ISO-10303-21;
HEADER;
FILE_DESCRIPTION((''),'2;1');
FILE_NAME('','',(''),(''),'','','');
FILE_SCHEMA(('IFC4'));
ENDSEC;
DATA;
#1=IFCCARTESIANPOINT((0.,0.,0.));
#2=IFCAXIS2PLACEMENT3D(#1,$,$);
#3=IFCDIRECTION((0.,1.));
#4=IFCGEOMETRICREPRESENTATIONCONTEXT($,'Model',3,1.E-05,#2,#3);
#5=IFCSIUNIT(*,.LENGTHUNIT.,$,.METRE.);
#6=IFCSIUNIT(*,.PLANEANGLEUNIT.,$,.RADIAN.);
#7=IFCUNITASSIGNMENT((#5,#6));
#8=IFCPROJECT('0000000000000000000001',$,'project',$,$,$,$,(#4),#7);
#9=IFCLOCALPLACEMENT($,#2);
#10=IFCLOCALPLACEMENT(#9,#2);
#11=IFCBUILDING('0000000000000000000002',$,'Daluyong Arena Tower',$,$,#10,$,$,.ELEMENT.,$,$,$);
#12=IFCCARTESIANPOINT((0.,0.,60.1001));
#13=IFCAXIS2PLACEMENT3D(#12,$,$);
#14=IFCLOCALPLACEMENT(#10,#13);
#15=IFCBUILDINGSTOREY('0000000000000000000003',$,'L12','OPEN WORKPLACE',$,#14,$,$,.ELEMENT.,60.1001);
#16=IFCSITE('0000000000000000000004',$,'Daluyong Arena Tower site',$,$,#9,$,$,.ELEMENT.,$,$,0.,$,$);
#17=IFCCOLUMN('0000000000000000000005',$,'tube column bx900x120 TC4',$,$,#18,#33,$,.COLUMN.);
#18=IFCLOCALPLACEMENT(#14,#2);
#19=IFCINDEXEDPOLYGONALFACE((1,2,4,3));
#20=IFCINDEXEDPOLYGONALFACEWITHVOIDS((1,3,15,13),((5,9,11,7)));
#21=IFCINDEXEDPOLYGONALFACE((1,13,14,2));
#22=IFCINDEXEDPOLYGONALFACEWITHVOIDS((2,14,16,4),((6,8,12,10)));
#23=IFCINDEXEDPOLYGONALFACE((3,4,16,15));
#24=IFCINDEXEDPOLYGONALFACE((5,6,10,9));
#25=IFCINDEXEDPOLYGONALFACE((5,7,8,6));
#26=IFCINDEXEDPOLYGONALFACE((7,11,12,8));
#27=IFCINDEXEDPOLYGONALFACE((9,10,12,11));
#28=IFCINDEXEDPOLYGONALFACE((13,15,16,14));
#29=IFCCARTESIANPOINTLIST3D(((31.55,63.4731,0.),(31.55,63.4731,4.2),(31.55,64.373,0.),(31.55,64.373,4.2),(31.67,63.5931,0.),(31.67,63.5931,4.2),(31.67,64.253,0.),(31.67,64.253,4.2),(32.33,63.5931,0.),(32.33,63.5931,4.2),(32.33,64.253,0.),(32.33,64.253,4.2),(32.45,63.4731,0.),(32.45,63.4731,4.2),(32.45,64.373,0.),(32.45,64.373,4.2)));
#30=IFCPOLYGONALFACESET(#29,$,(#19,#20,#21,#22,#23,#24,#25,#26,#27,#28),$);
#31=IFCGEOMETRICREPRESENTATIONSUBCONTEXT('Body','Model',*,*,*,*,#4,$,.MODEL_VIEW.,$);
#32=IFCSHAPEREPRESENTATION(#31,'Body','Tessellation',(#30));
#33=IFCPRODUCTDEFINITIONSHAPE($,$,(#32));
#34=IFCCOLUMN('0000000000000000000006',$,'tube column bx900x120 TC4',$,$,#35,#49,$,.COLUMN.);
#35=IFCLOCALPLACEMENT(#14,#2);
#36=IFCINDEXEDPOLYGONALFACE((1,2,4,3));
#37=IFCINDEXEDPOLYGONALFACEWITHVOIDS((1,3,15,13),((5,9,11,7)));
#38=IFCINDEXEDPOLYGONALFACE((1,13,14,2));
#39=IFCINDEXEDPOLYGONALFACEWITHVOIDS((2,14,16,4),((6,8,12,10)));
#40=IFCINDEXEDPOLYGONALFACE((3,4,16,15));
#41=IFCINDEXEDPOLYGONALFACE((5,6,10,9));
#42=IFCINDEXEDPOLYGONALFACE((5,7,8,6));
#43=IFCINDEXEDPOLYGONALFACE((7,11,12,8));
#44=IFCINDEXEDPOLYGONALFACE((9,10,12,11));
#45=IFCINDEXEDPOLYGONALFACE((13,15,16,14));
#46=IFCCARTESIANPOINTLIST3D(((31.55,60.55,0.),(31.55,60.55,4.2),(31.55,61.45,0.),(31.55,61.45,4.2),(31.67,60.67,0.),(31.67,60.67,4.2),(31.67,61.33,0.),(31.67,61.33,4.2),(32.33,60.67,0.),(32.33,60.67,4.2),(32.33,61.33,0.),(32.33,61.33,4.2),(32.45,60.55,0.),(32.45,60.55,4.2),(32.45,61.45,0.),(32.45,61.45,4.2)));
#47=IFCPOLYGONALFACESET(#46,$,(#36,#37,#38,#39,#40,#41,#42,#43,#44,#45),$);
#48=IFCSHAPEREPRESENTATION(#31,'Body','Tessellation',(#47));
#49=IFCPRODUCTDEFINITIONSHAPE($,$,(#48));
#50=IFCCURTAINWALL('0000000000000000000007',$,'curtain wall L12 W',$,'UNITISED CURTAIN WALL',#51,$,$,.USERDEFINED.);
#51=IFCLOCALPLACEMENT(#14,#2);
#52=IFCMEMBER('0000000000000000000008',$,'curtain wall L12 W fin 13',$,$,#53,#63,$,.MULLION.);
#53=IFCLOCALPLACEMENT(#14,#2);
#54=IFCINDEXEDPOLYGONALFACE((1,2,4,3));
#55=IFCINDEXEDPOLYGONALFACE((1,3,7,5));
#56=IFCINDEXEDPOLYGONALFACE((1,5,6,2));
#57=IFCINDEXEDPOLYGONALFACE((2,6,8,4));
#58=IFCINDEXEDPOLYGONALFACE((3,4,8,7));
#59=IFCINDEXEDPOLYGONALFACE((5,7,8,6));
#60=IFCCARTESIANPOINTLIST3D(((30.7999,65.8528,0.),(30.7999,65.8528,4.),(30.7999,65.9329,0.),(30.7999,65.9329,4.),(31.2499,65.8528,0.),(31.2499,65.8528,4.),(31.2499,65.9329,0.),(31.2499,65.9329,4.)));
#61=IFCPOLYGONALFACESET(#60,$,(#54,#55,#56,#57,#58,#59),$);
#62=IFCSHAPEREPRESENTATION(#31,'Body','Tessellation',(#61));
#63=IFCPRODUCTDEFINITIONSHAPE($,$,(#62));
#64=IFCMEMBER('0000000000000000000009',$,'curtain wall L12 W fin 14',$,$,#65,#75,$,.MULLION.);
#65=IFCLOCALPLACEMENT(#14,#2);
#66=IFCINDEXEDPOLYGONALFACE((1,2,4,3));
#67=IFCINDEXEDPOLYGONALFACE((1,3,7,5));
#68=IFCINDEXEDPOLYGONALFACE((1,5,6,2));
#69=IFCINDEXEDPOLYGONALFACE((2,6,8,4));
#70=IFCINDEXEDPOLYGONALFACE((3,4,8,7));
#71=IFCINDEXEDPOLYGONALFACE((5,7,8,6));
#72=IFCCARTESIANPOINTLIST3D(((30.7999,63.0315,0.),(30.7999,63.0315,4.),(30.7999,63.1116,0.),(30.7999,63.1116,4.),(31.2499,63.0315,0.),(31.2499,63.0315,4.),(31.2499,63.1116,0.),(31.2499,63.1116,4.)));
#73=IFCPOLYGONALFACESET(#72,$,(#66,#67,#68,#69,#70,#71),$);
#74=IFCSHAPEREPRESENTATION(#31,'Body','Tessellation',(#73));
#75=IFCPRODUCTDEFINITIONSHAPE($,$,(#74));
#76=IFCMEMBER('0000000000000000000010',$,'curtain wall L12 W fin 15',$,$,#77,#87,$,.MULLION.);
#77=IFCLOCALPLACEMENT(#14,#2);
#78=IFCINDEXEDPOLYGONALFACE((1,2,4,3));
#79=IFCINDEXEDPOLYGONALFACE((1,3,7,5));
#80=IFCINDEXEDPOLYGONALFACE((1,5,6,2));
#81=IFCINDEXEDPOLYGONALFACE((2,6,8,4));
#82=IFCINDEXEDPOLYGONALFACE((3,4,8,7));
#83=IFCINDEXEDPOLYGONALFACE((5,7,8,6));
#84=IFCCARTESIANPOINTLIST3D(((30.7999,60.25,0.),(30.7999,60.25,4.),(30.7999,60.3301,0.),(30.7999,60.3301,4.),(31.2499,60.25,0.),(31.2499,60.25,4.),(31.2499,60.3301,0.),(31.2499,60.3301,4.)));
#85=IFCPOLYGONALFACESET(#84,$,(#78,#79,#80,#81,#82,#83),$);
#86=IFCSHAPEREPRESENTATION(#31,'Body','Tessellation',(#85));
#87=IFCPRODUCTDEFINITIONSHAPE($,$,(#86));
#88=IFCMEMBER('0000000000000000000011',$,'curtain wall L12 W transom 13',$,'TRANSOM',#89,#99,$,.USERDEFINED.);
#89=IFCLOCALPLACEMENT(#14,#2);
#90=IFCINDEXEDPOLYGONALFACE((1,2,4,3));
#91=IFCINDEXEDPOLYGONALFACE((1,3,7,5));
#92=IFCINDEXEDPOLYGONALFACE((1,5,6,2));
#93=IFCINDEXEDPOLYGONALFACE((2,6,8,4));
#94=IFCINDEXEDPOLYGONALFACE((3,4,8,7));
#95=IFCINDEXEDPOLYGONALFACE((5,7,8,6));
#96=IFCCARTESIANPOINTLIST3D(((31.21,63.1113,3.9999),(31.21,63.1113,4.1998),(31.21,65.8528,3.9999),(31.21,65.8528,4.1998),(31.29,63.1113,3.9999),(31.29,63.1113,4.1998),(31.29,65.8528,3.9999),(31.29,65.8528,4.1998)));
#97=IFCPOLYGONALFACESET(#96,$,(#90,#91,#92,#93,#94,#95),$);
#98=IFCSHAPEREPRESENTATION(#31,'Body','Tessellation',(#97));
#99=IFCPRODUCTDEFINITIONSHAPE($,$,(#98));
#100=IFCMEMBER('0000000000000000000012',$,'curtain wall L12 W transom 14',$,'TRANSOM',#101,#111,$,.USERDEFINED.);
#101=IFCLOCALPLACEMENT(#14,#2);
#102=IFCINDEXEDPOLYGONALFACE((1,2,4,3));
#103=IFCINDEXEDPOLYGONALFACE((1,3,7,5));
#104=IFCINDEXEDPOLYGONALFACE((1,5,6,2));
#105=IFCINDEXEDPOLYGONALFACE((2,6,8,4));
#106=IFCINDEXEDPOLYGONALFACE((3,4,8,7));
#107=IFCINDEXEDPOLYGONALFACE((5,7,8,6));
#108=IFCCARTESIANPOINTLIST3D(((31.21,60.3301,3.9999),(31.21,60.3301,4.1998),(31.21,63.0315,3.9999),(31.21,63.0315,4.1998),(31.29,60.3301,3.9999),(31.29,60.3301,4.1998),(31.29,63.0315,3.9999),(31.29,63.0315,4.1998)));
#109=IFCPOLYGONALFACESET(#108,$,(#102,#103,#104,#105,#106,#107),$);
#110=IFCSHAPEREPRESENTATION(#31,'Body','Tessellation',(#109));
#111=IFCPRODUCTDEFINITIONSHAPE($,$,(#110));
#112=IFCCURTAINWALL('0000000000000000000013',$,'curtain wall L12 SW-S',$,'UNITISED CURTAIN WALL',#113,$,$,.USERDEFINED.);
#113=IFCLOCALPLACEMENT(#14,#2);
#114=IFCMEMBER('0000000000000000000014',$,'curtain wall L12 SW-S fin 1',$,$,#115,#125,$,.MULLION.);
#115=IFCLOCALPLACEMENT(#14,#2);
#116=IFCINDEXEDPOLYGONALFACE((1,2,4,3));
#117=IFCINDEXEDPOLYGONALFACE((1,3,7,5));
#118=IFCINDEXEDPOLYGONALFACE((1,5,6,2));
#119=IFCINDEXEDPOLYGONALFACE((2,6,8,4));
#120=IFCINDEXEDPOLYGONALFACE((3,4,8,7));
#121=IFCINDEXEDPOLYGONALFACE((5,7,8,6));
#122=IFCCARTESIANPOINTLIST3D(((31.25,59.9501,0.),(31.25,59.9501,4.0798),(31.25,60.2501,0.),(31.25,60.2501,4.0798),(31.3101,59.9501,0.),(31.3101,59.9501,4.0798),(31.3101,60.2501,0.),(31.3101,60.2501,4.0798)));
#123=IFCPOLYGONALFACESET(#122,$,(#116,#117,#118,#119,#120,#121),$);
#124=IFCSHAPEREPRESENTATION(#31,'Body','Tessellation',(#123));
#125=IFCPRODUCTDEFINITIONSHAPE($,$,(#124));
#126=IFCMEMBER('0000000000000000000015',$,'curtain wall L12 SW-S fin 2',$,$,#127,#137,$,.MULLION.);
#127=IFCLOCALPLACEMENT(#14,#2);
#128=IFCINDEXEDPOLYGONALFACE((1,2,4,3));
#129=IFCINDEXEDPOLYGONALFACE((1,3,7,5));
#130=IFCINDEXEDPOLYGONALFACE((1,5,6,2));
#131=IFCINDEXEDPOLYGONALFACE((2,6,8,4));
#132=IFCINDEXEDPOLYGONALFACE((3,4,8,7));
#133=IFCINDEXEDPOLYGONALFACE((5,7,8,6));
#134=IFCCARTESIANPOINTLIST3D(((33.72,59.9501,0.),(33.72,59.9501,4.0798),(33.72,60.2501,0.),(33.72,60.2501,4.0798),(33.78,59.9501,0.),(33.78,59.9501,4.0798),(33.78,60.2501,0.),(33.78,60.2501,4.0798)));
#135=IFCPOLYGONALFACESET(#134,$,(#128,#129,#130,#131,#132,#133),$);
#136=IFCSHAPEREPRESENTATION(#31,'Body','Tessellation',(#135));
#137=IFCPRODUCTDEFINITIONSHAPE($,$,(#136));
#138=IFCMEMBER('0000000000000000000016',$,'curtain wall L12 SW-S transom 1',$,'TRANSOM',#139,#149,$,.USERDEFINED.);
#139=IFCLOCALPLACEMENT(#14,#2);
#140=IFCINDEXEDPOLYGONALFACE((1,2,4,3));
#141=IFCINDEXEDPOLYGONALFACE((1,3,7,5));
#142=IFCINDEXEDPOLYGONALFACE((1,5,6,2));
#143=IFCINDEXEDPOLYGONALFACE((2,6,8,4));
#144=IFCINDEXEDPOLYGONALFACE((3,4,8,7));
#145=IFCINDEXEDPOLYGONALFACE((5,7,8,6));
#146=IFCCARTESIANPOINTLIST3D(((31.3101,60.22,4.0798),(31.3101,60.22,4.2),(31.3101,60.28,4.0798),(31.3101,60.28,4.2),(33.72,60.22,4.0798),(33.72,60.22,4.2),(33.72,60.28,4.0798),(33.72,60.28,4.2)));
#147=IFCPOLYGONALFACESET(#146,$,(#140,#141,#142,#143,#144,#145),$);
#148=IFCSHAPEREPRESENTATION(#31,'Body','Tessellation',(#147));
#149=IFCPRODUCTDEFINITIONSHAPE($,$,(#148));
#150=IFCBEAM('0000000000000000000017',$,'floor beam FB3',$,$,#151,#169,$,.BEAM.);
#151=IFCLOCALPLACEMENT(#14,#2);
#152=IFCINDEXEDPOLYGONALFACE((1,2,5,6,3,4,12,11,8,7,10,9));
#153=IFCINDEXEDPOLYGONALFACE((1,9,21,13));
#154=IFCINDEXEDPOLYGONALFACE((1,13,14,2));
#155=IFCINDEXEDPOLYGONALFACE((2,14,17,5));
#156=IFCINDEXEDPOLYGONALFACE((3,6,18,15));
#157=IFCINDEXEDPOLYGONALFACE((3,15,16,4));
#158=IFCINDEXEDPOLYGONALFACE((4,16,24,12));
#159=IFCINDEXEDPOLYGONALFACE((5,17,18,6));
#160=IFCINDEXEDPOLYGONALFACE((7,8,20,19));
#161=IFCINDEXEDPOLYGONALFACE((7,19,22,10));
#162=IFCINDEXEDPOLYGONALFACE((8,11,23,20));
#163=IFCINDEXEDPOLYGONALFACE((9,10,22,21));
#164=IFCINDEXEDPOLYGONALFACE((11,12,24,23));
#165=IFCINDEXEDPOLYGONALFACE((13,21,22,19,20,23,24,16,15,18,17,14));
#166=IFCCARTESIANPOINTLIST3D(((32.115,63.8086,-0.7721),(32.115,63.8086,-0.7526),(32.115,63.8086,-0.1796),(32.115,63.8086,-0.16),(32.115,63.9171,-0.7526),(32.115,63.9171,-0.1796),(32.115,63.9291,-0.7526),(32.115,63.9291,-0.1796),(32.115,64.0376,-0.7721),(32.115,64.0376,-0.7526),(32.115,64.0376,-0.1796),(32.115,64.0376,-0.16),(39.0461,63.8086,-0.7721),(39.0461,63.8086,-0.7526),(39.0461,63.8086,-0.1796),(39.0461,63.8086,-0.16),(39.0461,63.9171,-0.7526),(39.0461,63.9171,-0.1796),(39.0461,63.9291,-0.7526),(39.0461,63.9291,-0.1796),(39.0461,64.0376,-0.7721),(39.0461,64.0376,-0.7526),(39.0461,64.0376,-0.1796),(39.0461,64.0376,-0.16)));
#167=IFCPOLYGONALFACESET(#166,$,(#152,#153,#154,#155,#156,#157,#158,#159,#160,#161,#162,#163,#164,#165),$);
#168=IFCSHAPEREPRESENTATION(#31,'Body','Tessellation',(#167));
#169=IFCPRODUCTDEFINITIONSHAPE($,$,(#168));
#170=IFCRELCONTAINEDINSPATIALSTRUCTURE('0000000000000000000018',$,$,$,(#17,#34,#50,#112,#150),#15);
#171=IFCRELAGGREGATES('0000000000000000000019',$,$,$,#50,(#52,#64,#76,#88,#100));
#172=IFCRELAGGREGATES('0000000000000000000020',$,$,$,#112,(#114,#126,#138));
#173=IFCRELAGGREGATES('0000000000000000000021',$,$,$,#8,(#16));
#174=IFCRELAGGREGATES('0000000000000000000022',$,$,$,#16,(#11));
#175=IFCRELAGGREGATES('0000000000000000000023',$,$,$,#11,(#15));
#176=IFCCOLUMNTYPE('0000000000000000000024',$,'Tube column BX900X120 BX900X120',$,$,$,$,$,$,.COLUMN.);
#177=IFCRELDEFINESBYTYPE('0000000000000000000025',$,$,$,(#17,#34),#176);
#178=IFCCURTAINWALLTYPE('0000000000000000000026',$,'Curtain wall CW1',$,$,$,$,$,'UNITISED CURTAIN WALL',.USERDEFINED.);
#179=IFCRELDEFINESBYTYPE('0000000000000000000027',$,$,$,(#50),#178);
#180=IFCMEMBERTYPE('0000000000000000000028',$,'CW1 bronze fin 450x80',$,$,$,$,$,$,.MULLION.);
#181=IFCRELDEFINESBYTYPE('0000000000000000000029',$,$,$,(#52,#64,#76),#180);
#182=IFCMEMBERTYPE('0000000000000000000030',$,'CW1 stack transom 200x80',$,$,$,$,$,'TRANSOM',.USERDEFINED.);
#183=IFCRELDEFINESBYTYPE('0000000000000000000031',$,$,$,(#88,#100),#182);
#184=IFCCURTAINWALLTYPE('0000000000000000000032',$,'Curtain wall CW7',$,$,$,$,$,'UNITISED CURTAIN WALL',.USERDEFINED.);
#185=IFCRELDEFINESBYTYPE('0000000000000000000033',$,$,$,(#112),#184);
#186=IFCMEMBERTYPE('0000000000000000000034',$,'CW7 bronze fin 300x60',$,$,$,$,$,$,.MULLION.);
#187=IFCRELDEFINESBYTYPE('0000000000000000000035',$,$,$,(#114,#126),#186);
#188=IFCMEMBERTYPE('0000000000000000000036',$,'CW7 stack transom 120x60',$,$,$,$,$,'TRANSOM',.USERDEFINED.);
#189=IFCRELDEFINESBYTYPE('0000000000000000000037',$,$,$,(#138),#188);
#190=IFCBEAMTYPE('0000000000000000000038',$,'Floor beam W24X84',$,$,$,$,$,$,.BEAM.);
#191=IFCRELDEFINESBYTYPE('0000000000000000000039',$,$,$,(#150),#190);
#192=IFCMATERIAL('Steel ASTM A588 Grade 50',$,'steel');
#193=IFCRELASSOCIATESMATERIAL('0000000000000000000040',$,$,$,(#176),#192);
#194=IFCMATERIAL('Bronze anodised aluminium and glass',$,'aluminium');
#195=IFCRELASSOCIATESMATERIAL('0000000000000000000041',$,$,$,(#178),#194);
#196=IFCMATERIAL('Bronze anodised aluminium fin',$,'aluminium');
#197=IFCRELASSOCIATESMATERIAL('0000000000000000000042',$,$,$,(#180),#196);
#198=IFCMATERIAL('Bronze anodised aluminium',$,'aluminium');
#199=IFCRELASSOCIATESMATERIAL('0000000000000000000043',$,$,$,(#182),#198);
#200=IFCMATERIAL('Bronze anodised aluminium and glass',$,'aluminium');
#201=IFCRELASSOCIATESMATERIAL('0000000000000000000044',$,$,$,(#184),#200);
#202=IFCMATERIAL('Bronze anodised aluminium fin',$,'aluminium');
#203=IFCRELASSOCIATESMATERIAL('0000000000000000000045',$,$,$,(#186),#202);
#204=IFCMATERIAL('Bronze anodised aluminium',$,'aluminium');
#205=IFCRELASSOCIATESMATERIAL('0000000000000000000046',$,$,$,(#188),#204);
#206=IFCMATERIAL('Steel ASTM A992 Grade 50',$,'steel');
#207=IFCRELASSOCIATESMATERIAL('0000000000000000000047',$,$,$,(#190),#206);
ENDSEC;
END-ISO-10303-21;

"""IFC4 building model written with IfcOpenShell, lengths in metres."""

from ifc_helpers import new_model, si_unit, direction, frame, origin, origin_2d, place, context, subcontext, project, spatial, rectangle, hollow_rectangle, i_section, extrude, material, material_profile, profile_set, type_object, element, aggregate, save


model = new_model("IFC4")

# Units and contexts
model_context = context("Model", 3, precision=1e-05, world=origin(), true_north=direction((0.0, 1.0)))
body_context = subcontext(model_context, "Body", "Model", "MODEL_VIEW")
ifc_project = project(units=[si_unit("LENGTHUNIT", "METRE"), si_unit("PLANEANGLEUNIT", "RADIAN")], contexts=[model_context])

# Site, building, storey
site_placement = place(None, origin())
site = spatial("IfcSite", under=ifc_project, at=site_placement, Name="Daluyong Arena Tower site", CompositionType="ELEMENT", RefElevation=0.0)
building_placement = place(site_placement, origin())
building = spatial("IfcBuilding", under=site, at=building_placement, Name="Daluyong Arena Tower", CompositionType="ELEMENT")
storey_placement = place(building_placement, frame((0.0, 0.0, 60.1001)))
storey = spatial("IfcBuildingStorey", under=building, at=storey_placement, Name="L12", Description="OPEN WORKPLACE", CompositionType="ELEMENT", Elevation=60.1001)

# Columns
ifc_material_1 = material(Name="Steel ASTM A588 Grade 50", Category="steel")
ifc_material_profile_1 = material_profile(ifc_material_1, hollow_rectangle(XDim=0.8999, YDim=0.8999, WallThickness=0.12, at=origin_2d()))
ifc_profile_set_1 = profile_set([ifc_material_profile_1], Name="Steel ASTM A588 Grade 50")
column_type = type_object("IfcColumnType", Name="Tube column BX900X120 BX900X120", PredefinedType="COLUMN", material=ifc_profile_set_1)
for number, where, z_axis, x_axis, name in (
    (1, (32.0, 63.9231, 0.0), (0.0, 0.0, 1.0), (0.0, 1.0, 0.0), "tube column bx900x120 TC4"),
    (2, (32.0, 61.0, 0.0), (0.0, 0.0, 1.0), (1.0, 0.0, 0.0), "tube column bx900x120 TC4"),
):
    element("IfcColumn", number, at=place(storey_placement, frame(where, z_axis=z_axis, x_axis=x_axis)), inside=storey, type_object=column_type, Name=name, PredefinedType="COLUMN", context=body_context, shape_type="SweptSolid", body=[
        extrude(hollow_rectangle(XDim=0.8999, YDim=0.8999, WallThickness=0.12, at=origin_2d()), origin(), (0.0, 0.0, 1.0), 4.2),
    ])

# Curtain walls, members
ifc_material_2 = material(Name="Bronze anodised aluminium and glass", Category="aluminium")
curtain_wall_type_1 = type_object("IfcCurtainWallType", Name="Curtain wall CW1", ElementType="UNITISED CURTAIN WALL", PredefinedType="USERDEFINED", material=ifc_material_2)
curtain_wall_1_placement = place(storey_placement, origin())
curtain_wall_1 = element("IfcCurtainWall", 3, at=curtain_wall_1_placement, inside=storey, type_object=curtain_wall_type_1, Name="curtain wall L12 W", ObjectType="UNITISED CURTAIN WALL", PredefinedType="USERDEFINED")
ifc_material_3 = material(Name="Bronze anodised aluminium fin", Category="aluminium")
ifc_material_profile_2 = material_profile(ifc_material_3, rectangle(XDim=0.45, YDim=0.0801, at=origin_2d()))
ifc_profile_set_2 = profile_set([ifc_material_profile_2], Name="Bronze anodised aluminium fin")
member_type_1 = type_object("IfcMemberType", Name="CW1 bronze fin 450x80", PredefinedType="MULLION", material=ifc_profile_set_2)
member_1_placement = place(storey_placement, frame((31.0249, 65.8928, 0.0), z_axis=(0.0, 0.0, 1.0), x_axis=(1.0, 0.0, 0.0)))
member_1 = element("IfcMember", 4, at=member_1_placement, type_object=member_type_1, Name="curtain wall L12 W fin 13", PredefinedType="MULLION", context=body_context, shape_type="SweptSolid", body=[
    extrude(rectangle(XDim=0.45, YDim=0.0801, at=origin_2d()), origin(), (0.0, 0.0, 1.0), 4.0),
])
member_2_placement = place(storey_placement, frame((31.0249, 63.0715, 0.0), z_axis=(0.0, 0.0, 1.0), x_axis=(1.0, 0.0, 0.0)))
member_2 = element("IfcMember", 5, at=member_2_placement, type_object=member_type_1, Name="curtain wall L12 W fin 14", PredefinedType="MULLION", context=body_context, shape_type="SweptSolid", body=[
    extrude(rectangle(XDim=0.45, YDim=0.0801, at=origin_2d()), origin(), (0.0, 0.0, 1.0), 4.0),
])
member_3_placement = place(storey_placement, frame((31.0249, 60.29, 0.0), z_axis=(0.0, 0.0, 1.0), x_axis=(1.0, 0.0, 0.0)))
member_3 = element("IfcMember", 6, at=member_3_placement, type_object=member_type_1, Name="curtain wall L12 W fin 15", PredefinedType="MULLION", context=body_context, shape_type="SweptSolid", body=[
    extrude(rectangle(XDim=0.45, YDim=0.0801, at=origin_2d()), origin(), (0.0, 0.0, 1.0), 4.0),
])
ifc_material_4 = material(Name="Bronze anodised aluminium", Category="aluminium")
ifc_material_profile_3 = material_profile(ifc_material_4, rectangle(XDim=0.0801, YDim=0.2, at=origin_2d()))
ifc_profile_set_3 = profile_set([ifc_material_profile_3], Name="Bronze anodised aluminium")
member_type_2 = type_object("IfcMemberType", Name="CW1 stack transom 200x80", ElementType="TRANSOM", PredefinedType="USERDEFINED", material=ifc_profile_set_3)
member_4_placement = place(storey_placement, frame((31.25, 65.8528, 4.0999), z_axis=(0.0, -1.0, 0.0), x_axis=(1.0, 0.0, 0.0)))
member_4 = element("IfcMember", 7, at=member_4_placement, type_object=member_type_2, Name="curtain wall L12 W transom 13", ObjectType="TRANSOM", PredefinedType="USERDEFINED", context=body_context, shape_type="SweptSolid", body=[
    extrude(rectangle(XDim=0.0801, YDim=0.2, at=origin_2d()), origin(), (0.0, 0.0, 1.0), 2.7415),
])
member_5_placement = place(storey_placement, frame((31.25, 63.0315, 4.0999), z_axis=(0.0, -1.0, 0.0), x_axis=(1.0, 0.0, 0.0)))
member_5 = element("IfcMember", 8, at=member_5_placement, type_object=member_type_2, Name="curtain wall L12 W transom 14", ObjectType="TRANSOM", PredefinedType="USERDEFINED", context=body_context, shape_type="SweptSolid", body=[
    extrude(rectangle(XDim=0.0801, YDim=0.2, at=origin_2d()), origin(), (0.0, 0.0, 1.0), 2.7014),
])
ifc_material_5 = material(Name="Bronze anodised aluminium and glass", Category="aluminium")
curtain_wall_type_2 = type_object("IfcCurtainWallType", Name="Curtain wall CW7", ElementType="UNITISED CURTAIN WALL", PredefinedType="USERDEFINED", material=ifc_material_5)
curtain_wall_2_placement = place(storey_placement, origin())
curtain_wall_2 = element("IfcCurtainWall", 9, at=curtain_wall_2_placement, inside=storey, type_object=curtain_wall_type_2, Name="curtain wall L12 SW-S", ObjectType="UNITISED CURTAIN WALL", PredefinedType="USERDEFINED")
ifc_material_6 = material(Name="Bronze anodised aluminium fin", Category="aluminium")
ifc_material_profile_4 = material_profile(ifc_material_6, rectangle(XDim=0.3, YDim=0.0601, at=origin_2d()))
ifc_profile_set_4 = profile_set([ifc_material_profile_4], Name="Bronze anodised aluminium fin")
member_type_3 = type_object("IfcMemberType", Name="CW7 bronze fin 300x60", PredefinedType="MULLION", material=ifc_profile_set_4)
member_6_placement = place(storey_placement, frame((31.28, 60.1001, 0.0), z_axis=(0.0, 0.0, 1.0), x_axis=(0.0, 1.0, 0.0)))
member_6 = element("IfcMember", 10, at=member_6_placement, type_object=member_type_3, Name="curtain wall L12 SW-S fin 1", PredefinedType="MULLION", context=body_context, shape_type="SweptSolid", body=[
    extrude(rectangle(XDim=0.3, YDim=0.0601, at=origin_2d()), origin(), (0.0, 0.0, 1.0), 4.0798),
])
member_7_placement = place(storey_placement, frame((33.75, 60.1001, 0.0), z_axis=(0.0, 0.0, 1.0), x_axis=(0.0, 1.0, 0.0)))
member_7 = element("IfcMember", 11, at=member_7_placement, type_object=member_type_3, Name="curtain wall L12 SW-S fin 2", PredefinedType="MULLION", context=body_context, shape_type="SweptSolid", body=[
    extrude(rectangle(XDim=0.3, YDim=0.0601, at=origin_2d()), origin(), (0.0, 0.0, 1.0), 4.0798),
])
ifc_material_7 = material(Name="Bronze anodised aluminium", Category="aluminium")
ifc_material_profile_5 = material_profile(ifc_material_7, rectangle(XDim=0.0601, YDim=0.1201, at=origin_2d()))
ifc_profile_set_5 = profile_set([ifc_material_profile_5], Name="Bronze anodised aluminium")
member_type_4 = type_object("IfcMemberType", Name="CW7 stack transom 120x60", ElementType="TRANSOM", PredefinedType="USERDEFINED", material=ifc_profile_set_5)
member_8_placement = place(storey_placement, frame((31.3101, 60.25, 4.1399), z_axis=(1.0, 0.0, 0.0), x_axis=(0.0, 1.0, 0.0)))
member_8 = element("IfcMember", 12, at=member_8_placement, type_object=member_type_4, Name="curtain wall L12 SW-S transom 1", ObjectType="TRANSOM", PredefinedType="USERDEFINED", context=body_context, shape_type="SweptSolid", body=[
    extrude(rectangle(XDim=0.0601, YDim=0.1201, at=origin_2d()), origin(), (0.0, 0.0, 1.0), 2.4099),
])

# Beam
ifc_material_8 = material(Name="Steel ASTM A992 Grade 50", Category="steel")
ifc_material_profile_6 = material_profile(ifc_material_8, i_section(OverallWidth=0.229, OverallDepth=0.6121, WebThickness=0.012, FlangeThickness=0.0195, at=origin_2d()))
ifc_profile_set_6 = profile_set([ifc_material_profile_6], Name="Steel ASTM A992 Grade 50")
beam_type_1 = type_object("IfcBeamType", Name="Floor beam W24X84", PredefinedType="BEAM", material=ifc_profile_set_6)
beam_1_placement = place(storey_placement, frame((32.115, 63.9231, -0.4661), z_axis=(1.0, 0.0, 0.0), x_axis=(0.0, 1.0, 0.0)))
element("IfcBeam", 13, at=beam_1_placement, inside=storey, type_object=beam_type_1, Name="floor beam FB3", PredefinedType="BEAM", context=body_context, shape_type="SweptSolid", body=[
    extrude(i_section(OverallWidth=0.229, OverallDepth=0.6121, WebThickness=0.012, FlangeThickness=0.0195, at=origin_2d()), origin(), (0.0, 0.0, 1.0), 6.9312),
])

aggregate(curtain_wall_1, [member_1, member_2, member_3, member_4, member_5])
aggregate(curtain_wall_2, [member_6, member_7, member_8])

save(model, "model.ifc")
